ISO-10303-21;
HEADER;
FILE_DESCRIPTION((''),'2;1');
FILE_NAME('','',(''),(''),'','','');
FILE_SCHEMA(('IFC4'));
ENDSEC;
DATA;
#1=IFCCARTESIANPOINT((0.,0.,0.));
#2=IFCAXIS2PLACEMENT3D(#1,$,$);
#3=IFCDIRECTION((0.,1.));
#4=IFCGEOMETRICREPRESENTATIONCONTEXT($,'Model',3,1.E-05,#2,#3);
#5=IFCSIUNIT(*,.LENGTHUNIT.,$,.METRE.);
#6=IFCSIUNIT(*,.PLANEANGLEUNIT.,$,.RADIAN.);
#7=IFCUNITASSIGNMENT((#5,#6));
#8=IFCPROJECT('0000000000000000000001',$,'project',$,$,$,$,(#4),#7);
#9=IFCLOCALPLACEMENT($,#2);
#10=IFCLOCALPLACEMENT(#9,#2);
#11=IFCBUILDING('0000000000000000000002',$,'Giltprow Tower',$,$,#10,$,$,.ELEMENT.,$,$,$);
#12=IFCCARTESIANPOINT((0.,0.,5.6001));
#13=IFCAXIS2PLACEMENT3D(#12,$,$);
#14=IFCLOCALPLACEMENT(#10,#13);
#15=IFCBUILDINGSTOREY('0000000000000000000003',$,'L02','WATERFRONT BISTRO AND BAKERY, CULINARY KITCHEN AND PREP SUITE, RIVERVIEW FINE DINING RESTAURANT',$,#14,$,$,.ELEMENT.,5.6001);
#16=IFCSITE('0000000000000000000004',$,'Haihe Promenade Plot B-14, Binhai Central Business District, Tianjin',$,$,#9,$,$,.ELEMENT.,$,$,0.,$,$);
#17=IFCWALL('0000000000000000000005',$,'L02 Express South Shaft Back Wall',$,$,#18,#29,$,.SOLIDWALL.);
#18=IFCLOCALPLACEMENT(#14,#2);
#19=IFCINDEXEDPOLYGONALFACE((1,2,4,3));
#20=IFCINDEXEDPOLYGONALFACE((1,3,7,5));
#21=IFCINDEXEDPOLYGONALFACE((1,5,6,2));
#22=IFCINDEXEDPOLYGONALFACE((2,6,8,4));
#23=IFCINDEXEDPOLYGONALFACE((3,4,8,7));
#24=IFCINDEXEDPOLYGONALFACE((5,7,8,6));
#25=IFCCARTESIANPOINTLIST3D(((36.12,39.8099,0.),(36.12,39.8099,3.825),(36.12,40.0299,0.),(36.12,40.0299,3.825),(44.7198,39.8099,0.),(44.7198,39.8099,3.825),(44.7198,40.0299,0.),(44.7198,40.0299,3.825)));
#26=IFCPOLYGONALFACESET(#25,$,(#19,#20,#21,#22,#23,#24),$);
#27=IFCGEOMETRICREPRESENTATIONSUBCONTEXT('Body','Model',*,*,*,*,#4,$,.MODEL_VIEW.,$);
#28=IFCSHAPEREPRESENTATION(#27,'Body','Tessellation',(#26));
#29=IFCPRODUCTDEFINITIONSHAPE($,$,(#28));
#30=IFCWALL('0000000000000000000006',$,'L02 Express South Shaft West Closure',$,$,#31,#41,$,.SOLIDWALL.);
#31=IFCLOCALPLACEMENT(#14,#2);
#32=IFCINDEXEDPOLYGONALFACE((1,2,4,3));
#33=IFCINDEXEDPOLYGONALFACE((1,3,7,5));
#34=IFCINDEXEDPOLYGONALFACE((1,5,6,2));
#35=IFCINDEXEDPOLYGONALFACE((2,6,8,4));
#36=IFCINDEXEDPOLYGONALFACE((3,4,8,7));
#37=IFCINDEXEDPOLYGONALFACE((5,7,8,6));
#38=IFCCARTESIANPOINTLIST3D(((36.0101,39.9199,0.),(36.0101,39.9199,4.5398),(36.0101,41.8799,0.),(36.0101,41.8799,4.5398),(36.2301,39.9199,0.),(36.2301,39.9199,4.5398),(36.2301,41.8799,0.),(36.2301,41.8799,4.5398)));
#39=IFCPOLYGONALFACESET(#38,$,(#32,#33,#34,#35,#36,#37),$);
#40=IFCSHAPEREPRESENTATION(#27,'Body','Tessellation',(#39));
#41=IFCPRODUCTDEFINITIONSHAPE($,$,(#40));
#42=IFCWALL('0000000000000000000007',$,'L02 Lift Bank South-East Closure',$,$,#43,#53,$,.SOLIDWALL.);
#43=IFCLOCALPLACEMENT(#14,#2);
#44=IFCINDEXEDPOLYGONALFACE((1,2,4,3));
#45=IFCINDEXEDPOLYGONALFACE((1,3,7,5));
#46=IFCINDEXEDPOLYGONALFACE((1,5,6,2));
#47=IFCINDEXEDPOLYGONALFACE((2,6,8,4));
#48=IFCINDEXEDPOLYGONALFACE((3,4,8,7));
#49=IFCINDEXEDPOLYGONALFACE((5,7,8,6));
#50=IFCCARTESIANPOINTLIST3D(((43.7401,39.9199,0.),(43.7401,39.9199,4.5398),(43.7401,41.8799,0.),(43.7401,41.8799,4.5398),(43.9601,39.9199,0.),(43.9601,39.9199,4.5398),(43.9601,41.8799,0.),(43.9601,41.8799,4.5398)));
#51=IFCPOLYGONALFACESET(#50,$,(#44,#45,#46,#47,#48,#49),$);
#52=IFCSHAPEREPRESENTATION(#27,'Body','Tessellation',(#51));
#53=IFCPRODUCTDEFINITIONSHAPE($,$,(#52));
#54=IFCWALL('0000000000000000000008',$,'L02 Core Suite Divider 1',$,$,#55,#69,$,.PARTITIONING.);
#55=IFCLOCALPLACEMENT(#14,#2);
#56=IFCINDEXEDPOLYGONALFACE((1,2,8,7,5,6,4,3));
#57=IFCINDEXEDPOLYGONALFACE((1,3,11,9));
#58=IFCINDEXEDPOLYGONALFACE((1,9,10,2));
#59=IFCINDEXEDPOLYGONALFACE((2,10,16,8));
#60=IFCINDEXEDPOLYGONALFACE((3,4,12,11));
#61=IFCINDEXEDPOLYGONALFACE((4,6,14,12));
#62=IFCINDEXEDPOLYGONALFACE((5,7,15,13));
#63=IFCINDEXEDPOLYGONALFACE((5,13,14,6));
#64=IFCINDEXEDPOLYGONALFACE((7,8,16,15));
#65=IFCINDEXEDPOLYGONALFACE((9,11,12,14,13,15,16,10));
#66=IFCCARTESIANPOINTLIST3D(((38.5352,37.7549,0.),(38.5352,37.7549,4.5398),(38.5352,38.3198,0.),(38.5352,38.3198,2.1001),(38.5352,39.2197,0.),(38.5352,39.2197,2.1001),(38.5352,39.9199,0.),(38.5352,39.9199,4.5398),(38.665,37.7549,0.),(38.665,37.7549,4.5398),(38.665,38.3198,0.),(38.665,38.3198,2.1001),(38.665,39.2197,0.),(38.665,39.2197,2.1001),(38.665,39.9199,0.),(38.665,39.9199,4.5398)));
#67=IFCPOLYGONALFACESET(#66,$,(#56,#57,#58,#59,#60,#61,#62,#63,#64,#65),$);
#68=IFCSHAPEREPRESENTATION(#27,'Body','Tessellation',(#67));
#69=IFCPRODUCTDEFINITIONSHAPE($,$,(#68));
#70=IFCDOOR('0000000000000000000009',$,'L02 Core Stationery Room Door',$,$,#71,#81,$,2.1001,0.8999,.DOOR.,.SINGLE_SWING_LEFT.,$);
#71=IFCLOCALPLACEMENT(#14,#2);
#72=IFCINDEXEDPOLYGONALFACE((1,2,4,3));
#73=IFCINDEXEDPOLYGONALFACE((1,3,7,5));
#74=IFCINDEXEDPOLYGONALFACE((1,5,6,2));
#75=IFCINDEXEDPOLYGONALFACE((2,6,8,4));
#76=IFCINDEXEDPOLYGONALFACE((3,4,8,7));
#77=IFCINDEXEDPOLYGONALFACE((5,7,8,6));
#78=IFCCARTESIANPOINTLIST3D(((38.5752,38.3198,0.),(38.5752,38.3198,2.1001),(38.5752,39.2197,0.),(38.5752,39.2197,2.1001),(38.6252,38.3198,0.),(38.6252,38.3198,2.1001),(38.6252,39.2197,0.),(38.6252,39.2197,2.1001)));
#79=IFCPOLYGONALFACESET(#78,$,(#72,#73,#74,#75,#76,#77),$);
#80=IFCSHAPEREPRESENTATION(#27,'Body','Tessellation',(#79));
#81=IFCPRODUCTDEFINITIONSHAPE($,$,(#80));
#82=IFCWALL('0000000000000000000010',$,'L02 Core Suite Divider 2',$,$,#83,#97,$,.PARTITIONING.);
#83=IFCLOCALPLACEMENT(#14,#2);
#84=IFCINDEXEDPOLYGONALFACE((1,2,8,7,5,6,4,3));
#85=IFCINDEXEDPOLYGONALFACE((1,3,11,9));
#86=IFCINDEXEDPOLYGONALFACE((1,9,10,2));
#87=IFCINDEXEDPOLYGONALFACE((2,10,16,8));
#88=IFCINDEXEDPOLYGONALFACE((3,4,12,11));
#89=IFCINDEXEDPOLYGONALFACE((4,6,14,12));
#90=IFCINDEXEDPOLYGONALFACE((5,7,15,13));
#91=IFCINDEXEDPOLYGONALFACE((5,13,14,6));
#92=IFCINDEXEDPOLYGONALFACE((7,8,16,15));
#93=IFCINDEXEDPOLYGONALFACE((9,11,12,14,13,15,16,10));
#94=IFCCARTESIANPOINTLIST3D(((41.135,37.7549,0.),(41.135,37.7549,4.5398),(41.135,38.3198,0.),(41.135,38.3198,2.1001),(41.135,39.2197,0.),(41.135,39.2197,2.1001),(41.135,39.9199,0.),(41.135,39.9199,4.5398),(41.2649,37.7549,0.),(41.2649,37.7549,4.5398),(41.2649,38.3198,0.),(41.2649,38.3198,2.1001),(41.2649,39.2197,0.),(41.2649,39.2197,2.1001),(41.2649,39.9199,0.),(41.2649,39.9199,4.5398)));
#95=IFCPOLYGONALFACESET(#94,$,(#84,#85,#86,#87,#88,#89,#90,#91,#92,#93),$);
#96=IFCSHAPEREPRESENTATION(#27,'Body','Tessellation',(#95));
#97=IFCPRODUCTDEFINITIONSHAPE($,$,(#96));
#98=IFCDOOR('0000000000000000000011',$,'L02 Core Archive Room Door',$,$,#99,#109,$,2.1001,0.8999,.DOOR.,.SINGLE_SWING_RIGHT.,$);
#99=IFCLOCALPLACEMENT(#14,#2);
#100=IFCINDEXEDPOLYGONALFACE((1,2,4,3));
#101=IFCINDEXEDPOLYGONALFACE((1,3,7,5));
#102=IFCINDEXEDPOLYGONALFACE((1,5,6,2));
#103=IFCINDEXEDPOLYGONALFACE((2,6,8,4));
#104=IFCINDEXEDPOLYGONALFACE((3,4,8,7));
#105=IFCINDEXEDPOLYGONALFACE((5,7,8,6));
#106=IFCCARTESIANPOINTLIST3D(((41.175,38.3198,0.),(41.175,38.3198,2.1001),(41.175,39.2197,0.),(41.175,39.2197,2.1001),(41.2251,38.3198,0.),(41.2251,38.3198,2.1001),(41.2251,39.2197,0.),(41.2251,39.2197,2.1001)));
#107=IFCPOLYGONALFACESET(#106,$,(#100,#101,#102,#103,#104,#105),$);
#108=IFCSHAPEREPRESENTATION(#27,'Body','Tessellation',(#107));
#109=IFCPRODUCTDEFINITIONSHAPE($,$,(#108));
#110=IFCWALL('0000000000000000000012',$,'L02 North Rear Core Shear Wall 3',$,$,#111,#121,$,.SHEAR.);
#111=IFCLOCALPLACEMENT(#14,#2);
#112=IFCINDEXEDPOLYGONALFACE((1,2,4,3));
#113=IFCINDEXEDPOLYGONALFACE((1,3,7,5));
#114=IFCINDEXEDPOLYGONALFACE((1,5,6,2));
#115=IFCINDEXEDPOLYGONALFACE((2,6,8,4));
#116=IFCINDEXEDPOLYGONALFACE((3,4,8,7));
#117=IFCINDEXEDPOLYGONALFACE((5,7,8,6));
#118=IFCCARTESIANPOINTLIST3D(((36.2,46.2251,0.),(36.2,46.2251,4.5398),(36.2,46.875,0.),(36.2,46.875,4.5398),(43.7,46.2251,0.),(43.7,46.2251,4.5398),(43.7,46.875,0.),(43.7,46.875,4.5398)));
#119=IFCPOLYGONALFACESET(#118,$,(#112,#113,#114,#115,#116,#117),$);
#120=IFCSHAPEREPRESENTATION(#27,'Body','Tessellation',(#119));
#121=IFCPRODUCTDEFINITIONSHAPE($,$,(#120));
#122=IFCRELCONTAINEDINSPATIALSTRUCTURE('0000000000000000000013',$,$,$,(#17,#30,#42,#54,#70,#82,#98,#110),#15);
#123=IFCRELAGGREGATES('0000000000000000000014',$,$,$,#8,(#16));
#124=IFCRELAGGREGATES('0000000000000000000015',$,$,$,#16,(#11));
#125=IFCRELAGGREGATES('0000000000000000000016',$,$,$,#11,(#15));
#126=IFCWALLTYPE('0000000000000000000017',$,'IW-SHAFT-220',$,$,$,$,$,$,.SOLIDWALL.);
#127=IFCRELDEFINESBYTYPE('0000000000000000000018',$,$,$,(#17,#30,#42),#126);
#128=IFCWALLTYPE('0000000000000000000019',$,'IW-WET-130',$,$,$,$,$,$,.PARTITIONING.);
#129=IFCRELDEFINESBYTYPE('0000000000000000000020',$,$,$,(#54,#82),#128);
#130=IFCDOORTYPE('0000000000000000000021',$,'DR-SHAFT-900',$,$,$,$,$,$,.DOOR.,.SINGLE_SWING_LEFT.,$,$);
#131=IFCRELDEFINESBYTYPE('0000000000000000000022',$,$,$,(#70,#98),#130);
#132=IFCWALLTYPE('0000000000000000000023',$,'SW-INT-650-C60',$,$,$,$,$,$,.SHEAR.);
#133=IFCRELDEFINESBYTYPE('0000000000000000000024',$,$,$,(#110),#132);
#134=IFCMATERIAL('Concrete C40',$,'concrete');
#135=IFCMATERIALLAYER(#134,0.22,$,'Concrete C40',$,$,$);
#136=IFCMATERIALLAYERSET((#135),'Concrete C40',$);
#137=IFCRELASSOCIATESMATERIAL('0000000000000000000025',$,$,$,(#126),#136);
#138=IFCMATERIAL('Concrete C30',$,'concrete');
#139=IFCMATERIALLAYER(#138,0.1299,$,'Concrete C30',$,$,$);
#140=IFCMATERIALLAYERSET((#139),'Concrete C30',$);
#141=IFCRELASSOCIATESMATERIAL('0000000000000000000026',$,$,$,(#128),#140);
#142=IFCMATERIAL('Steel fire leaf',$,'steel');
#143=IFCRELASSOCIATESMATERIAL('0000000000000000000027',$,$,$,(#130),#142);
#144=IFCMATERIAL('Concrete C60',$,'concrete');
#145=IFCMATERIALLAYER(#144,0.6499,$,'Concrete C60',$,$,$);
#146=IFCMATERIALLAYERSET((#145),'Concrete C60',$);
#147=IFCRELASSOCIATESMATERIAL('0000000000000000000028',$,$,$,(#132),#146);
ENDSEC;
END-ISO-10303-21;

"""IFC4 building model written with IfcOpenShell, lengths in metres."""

from ifc_helpers import new_model, si_unit, direction, frame, frame_2d, origin, place, context, subcontext, project, spatial, rectangle, extrude, source, transform, mapped, material, layer, layer_set, type_object, element, fill, save


model = new_model("IFC4")

# Units and contexts
model_context = context("Model", 3, precision=1e-05, world=origin(), true_north=direction((0.0, 1.0)))
body_context = subcontext(model_context, "Body", "Model", "MODEL_VIEW")
ifc_project = project(units=[si_unit("LENGTHUNIT", "METRE"), si_unit("PLANEANGLEUNIT", "RADIAN")], contexts=[model_context])

# Site, building, storey
site_placement = place(None, origin())
site = spatial("IfcSite", under=ifc_project, at=site_placement, Name="Haihe Promenade Plot B-14, Binhai Central Business District, Tianjin", CompositionType="ELEMENT", RefElevation=0.0)
building_placement = place(site_placement, origin())
building = spatial("IfcBuilding", under=site, at=building_placement, Name="Giltprow Tower", CompositionType="ELEMENT")
storey_placement = place(building_placement, frame((0.0, 0.0, 5.6001)))
storey = spatial("IfcBuildingStorey", under=building, at=storey_placement, Name="L02", Description="WATERFRONT BISTRO AND BAKERY, CULINARY KITCHEN AND PREP SUITE, RIVERVIEW FINE DINING RESTAURANT", CompositionType="ELEMENT", Elevation=5.6001)

# Shared definitions
ifc_material_1 = material(Name="Concrete C60", Category="concrete")

# Shared definitions
ifc_material_2 = material(Name="Concrete C40", Category="concrete")
ifc_layer_1 = layer(ifc_material_2, 0.22, Name="Concrete C40")
ifc_layer_set_1 = layer_set([ifc_layer_1], Name="Concrete C40")
wall_type_1 = type_object("IfcWallType", Name="IW-SHAFT-220", PredefinedType="SOLIDWALL", material=ifc_layer_set_1)

# Walls
wall_1_placement = place(storey_placement, frame((36.1201, 39.9199, 0.0), z_axis=(0.0, 0.0, 1.0), x_axis=(1.0, 0.0, 0.0)))
element("IfcWall", 1, at=wall_1_placement, inside=storey, type_object=wall_type_1, Name="L02 Express South Shaft Back Wall", PredefinedType="SOLIDWALL", context=body_context, shape_type="SweptSolid", body=[
    extrude(rectangle(XDim=8.5999, YDim=0.22, at=frame_2d((4.2998, 0.0))), origin(), (0.0, 0.0, 1.0), 3.825),
])
for number, where, z_axis, x_axis, name in (
    (2, (36.1201, 39.9199, 0.0), (0.0, 0.0, 1.0), (0.0, 1.0, 0.0), "L02 Express South Shaft West Closure"),
    (3, (43.8501, 39.9199, 0.0), (0.0, 0.0, 1.0), (0.0, 1.0, 0.0), "L02 Lift Bank South-East Closure"),
):
    element("IfcWall", number, at=place(storey_placement, frame(where, z_axis=z_axis, x_axis=x_axis)), inside=storey, type_object=wall_type_1, Name=name, PredefinedType="SOLIDWALL", context=body_context, shape_type="SweptSolid", body=[
        extrude(rectangle(XDim=1.96, YDim=0.22, at=frame_2d((0.98, 0.0))), origin(), (0.0, 0.0, 1.0), 4.5398),
    ])

# Walls, openings, doors
ifc_material_3 = material(Name="Concrete C30", Category="concrete")
ifc_layer_2 = layer(ifc_material_3, 0.1299, Name="Concrete C30")
ifc_layer_set_2 = layer_set([ifc_layer_2], Name="Concrete C30")
wall_type_2 = type_object("IfcWallType", Name="IW-WET-130", PredefinedType="PARTITIONING", material=ifc_layer_set_2)
wall_2_placement = place(storey_placement, frame((38.6001, 37.7549, 0.0), z_axis=(0.0, 0.0, 1.0), x_axis=(0.0, 1.0, 0.0)))
wall_2 = element("IfcWall", 4, at=wall_2_placement, inside=storey, type_object=wall_type_2, Name="L02 Core Suite Divider 1", PredefinedType="PARTITIONING", context=body_context, shape_type="SweptSolid", body=[
    extrude(rectangle(XDim=2.165, YDim=0.1299, at=frame_2d((1.0825, 0.0))), origin(), (0.0, 0.0, 1.0), 4.5398),
])
opening_1_placement = place(wall_2_placement, frame((0.5649, 0.0, 0.0)))
opening_1 = element("IfcOpeningElement", 5, at=opening_1_placement, cuts=wall_2, PredefinedType="OPENING", context=body_context, shape_type="SweptSolid", body=[
    extrude(rectangle(XDim=0.8999, YDim=2.1001, at=frame_2d((0.45, 1.05))), frame((0.0, 0.075, 0.0), z_axis=(0.0, -1.0, 0.0), x_axis=(1.0, 0.0, 0.0)), (0.0, 0.0, 1.0), 0.1499),
])
ifc_material_4 = material(Name="Steel fire leaf", Category="steel")
door_type_1 = type_object("IfcDoorType", Name="DR-SHAFT-900", OperationType="SINGLE_SWING_LEFT", PredefinedType="DOOR", material=ifc_material_4)
shared_shape_1 = source(origin(), body_context, "Body", "SweptSolid", [
    extrude(rectangle(XDim=0.8999, YDim=2.1001, at=frame_2d((0.45, 1.05))), frame((0.0, 0.0249, 0.0), z_axis=(0.0, -1.0, 0.0), x_axis=(1.0, 0.0, 0.0)), (0.0, 0.0, 1.0), 0.05),
])
door_1_placement = place(opening_1_placement, origin())
door_1 = element("IfcDoor", 6, at=door_1_placement, inside=storey, type_object=door_type_1, Name="L02 Core Stationery Room Door", OperationType="SINGLE_SWING_LEFT", OverallHeight=2.1001, OverallWidth=0.8999, PredefinedType="DOOR", context=body_context, shape_type="MappedRepresentation", body=[
    mapped(shared_shape_1, transform((0.0, 0.0, 0.0), x_axis=(1.0, 0.0, 0.0), y_axis=(0.0, 1.0, 0.0), z_axis=(0.0, 0.0, 1.0), scale=1.0)),
])
fill(opening_1, door_1)
wall_3_placement = place(storey_placement, frame((41.2, 37.7549, 0.0), z_axis=(0.0, 0.0, 1.0), x_axis=(0.0, 1.0, 0.0)))
wall_3 = element("IfcWall", 7, at=wall_3_placement, inside=storey, type_object=wall_type_2, Name="L02 Core Suite Divider 2", PredefinedType="PARTITIONING", context=body_context, shape_type="SweptSolid", body=[
    extrude(rectangle(XDim=2.165, YDim=0.1299, at=frame_2d((1.0825, 0.0))), origin(), (0.0, 0.0, 1.0), 4.5398),
])
opening_2_placement = place(wall_3_placement, frame((0.5649, 0.0, 0.0)))
opening_2 = element("IfcOpeningElement", 8, at=opening_2_placement, cuts=wall_3, PredefinedType="OPENING", context=body_context, shape_type="SweptSolid", body=[
    extrude(rectangle(XDim=0.8999, YDim=2.1001, at=frame_2d((0.45, 1.05))), frame((0.0, 0.075, 0.0), z_axis=(0.0, -1.0, 0.0), x_axis=(1.0, 0.0, 0.0)), (0.0, 0.0, 1.0), 0.1499),
])
door_2_placement = place(opening_2_placement, origin())
door_2 = element("IfcDoor", 9, at=door_2_placement, inside=storey, type_object=door_type_1, Name="L02 Core Archive Room Door", OperationType="SINGLE_SWING_RIGHT", OverallHeight=2.1001, OverallWidth=0.8999, PredefinedType="DOOR", context=body_context, shape_type="MappedRepresentation", body=[
    mapped(shared_shape_1, transform((0.0, 0.0, 0.0), x_axis=(1.0, 0.0, 0.0), y_axis=(0.0, 1.0, 0.0), z_axis=(0.0, 0.0, 1.0), scale=1.0)),
])
fill(opening_2, door_2)

# Wall
ifc_layer_3 = layer(ifc_material_1, 0.6499, Name="Concrete C60")
ifc_layer_set_3 = layer_set([ifc_layer_3], Name="Concrete C60")
wall_type_3 = type_object("IfcWallType", Name="SW-INT-650-C60", PredefinedType="SHEAR", material=ifc_layer_set_3)
wall_4_placement = place(storey_placement, frame((36.2, 46.55, 0.0), z_axis=(0.0, 0.0, 1.0), x_axis=(1.0, 0.0, 0.0)))
element("IfcWall", 10, at=wall_4_placement, inside=storey, type_object=wall_type_3, Name="L02 North Rear Core Shear Wall 3", PredefinedType="SHEAR", context=body_context, shape_type="SweptSolid", body=[
    extrude(rectangle(XDim=7.5, YDim=0.6499, at=frame_2d((3.75, 0.0))), origin(), (0.0, 0.0, 1.0), 4.5398),
])

save(model, "model.ifc")
